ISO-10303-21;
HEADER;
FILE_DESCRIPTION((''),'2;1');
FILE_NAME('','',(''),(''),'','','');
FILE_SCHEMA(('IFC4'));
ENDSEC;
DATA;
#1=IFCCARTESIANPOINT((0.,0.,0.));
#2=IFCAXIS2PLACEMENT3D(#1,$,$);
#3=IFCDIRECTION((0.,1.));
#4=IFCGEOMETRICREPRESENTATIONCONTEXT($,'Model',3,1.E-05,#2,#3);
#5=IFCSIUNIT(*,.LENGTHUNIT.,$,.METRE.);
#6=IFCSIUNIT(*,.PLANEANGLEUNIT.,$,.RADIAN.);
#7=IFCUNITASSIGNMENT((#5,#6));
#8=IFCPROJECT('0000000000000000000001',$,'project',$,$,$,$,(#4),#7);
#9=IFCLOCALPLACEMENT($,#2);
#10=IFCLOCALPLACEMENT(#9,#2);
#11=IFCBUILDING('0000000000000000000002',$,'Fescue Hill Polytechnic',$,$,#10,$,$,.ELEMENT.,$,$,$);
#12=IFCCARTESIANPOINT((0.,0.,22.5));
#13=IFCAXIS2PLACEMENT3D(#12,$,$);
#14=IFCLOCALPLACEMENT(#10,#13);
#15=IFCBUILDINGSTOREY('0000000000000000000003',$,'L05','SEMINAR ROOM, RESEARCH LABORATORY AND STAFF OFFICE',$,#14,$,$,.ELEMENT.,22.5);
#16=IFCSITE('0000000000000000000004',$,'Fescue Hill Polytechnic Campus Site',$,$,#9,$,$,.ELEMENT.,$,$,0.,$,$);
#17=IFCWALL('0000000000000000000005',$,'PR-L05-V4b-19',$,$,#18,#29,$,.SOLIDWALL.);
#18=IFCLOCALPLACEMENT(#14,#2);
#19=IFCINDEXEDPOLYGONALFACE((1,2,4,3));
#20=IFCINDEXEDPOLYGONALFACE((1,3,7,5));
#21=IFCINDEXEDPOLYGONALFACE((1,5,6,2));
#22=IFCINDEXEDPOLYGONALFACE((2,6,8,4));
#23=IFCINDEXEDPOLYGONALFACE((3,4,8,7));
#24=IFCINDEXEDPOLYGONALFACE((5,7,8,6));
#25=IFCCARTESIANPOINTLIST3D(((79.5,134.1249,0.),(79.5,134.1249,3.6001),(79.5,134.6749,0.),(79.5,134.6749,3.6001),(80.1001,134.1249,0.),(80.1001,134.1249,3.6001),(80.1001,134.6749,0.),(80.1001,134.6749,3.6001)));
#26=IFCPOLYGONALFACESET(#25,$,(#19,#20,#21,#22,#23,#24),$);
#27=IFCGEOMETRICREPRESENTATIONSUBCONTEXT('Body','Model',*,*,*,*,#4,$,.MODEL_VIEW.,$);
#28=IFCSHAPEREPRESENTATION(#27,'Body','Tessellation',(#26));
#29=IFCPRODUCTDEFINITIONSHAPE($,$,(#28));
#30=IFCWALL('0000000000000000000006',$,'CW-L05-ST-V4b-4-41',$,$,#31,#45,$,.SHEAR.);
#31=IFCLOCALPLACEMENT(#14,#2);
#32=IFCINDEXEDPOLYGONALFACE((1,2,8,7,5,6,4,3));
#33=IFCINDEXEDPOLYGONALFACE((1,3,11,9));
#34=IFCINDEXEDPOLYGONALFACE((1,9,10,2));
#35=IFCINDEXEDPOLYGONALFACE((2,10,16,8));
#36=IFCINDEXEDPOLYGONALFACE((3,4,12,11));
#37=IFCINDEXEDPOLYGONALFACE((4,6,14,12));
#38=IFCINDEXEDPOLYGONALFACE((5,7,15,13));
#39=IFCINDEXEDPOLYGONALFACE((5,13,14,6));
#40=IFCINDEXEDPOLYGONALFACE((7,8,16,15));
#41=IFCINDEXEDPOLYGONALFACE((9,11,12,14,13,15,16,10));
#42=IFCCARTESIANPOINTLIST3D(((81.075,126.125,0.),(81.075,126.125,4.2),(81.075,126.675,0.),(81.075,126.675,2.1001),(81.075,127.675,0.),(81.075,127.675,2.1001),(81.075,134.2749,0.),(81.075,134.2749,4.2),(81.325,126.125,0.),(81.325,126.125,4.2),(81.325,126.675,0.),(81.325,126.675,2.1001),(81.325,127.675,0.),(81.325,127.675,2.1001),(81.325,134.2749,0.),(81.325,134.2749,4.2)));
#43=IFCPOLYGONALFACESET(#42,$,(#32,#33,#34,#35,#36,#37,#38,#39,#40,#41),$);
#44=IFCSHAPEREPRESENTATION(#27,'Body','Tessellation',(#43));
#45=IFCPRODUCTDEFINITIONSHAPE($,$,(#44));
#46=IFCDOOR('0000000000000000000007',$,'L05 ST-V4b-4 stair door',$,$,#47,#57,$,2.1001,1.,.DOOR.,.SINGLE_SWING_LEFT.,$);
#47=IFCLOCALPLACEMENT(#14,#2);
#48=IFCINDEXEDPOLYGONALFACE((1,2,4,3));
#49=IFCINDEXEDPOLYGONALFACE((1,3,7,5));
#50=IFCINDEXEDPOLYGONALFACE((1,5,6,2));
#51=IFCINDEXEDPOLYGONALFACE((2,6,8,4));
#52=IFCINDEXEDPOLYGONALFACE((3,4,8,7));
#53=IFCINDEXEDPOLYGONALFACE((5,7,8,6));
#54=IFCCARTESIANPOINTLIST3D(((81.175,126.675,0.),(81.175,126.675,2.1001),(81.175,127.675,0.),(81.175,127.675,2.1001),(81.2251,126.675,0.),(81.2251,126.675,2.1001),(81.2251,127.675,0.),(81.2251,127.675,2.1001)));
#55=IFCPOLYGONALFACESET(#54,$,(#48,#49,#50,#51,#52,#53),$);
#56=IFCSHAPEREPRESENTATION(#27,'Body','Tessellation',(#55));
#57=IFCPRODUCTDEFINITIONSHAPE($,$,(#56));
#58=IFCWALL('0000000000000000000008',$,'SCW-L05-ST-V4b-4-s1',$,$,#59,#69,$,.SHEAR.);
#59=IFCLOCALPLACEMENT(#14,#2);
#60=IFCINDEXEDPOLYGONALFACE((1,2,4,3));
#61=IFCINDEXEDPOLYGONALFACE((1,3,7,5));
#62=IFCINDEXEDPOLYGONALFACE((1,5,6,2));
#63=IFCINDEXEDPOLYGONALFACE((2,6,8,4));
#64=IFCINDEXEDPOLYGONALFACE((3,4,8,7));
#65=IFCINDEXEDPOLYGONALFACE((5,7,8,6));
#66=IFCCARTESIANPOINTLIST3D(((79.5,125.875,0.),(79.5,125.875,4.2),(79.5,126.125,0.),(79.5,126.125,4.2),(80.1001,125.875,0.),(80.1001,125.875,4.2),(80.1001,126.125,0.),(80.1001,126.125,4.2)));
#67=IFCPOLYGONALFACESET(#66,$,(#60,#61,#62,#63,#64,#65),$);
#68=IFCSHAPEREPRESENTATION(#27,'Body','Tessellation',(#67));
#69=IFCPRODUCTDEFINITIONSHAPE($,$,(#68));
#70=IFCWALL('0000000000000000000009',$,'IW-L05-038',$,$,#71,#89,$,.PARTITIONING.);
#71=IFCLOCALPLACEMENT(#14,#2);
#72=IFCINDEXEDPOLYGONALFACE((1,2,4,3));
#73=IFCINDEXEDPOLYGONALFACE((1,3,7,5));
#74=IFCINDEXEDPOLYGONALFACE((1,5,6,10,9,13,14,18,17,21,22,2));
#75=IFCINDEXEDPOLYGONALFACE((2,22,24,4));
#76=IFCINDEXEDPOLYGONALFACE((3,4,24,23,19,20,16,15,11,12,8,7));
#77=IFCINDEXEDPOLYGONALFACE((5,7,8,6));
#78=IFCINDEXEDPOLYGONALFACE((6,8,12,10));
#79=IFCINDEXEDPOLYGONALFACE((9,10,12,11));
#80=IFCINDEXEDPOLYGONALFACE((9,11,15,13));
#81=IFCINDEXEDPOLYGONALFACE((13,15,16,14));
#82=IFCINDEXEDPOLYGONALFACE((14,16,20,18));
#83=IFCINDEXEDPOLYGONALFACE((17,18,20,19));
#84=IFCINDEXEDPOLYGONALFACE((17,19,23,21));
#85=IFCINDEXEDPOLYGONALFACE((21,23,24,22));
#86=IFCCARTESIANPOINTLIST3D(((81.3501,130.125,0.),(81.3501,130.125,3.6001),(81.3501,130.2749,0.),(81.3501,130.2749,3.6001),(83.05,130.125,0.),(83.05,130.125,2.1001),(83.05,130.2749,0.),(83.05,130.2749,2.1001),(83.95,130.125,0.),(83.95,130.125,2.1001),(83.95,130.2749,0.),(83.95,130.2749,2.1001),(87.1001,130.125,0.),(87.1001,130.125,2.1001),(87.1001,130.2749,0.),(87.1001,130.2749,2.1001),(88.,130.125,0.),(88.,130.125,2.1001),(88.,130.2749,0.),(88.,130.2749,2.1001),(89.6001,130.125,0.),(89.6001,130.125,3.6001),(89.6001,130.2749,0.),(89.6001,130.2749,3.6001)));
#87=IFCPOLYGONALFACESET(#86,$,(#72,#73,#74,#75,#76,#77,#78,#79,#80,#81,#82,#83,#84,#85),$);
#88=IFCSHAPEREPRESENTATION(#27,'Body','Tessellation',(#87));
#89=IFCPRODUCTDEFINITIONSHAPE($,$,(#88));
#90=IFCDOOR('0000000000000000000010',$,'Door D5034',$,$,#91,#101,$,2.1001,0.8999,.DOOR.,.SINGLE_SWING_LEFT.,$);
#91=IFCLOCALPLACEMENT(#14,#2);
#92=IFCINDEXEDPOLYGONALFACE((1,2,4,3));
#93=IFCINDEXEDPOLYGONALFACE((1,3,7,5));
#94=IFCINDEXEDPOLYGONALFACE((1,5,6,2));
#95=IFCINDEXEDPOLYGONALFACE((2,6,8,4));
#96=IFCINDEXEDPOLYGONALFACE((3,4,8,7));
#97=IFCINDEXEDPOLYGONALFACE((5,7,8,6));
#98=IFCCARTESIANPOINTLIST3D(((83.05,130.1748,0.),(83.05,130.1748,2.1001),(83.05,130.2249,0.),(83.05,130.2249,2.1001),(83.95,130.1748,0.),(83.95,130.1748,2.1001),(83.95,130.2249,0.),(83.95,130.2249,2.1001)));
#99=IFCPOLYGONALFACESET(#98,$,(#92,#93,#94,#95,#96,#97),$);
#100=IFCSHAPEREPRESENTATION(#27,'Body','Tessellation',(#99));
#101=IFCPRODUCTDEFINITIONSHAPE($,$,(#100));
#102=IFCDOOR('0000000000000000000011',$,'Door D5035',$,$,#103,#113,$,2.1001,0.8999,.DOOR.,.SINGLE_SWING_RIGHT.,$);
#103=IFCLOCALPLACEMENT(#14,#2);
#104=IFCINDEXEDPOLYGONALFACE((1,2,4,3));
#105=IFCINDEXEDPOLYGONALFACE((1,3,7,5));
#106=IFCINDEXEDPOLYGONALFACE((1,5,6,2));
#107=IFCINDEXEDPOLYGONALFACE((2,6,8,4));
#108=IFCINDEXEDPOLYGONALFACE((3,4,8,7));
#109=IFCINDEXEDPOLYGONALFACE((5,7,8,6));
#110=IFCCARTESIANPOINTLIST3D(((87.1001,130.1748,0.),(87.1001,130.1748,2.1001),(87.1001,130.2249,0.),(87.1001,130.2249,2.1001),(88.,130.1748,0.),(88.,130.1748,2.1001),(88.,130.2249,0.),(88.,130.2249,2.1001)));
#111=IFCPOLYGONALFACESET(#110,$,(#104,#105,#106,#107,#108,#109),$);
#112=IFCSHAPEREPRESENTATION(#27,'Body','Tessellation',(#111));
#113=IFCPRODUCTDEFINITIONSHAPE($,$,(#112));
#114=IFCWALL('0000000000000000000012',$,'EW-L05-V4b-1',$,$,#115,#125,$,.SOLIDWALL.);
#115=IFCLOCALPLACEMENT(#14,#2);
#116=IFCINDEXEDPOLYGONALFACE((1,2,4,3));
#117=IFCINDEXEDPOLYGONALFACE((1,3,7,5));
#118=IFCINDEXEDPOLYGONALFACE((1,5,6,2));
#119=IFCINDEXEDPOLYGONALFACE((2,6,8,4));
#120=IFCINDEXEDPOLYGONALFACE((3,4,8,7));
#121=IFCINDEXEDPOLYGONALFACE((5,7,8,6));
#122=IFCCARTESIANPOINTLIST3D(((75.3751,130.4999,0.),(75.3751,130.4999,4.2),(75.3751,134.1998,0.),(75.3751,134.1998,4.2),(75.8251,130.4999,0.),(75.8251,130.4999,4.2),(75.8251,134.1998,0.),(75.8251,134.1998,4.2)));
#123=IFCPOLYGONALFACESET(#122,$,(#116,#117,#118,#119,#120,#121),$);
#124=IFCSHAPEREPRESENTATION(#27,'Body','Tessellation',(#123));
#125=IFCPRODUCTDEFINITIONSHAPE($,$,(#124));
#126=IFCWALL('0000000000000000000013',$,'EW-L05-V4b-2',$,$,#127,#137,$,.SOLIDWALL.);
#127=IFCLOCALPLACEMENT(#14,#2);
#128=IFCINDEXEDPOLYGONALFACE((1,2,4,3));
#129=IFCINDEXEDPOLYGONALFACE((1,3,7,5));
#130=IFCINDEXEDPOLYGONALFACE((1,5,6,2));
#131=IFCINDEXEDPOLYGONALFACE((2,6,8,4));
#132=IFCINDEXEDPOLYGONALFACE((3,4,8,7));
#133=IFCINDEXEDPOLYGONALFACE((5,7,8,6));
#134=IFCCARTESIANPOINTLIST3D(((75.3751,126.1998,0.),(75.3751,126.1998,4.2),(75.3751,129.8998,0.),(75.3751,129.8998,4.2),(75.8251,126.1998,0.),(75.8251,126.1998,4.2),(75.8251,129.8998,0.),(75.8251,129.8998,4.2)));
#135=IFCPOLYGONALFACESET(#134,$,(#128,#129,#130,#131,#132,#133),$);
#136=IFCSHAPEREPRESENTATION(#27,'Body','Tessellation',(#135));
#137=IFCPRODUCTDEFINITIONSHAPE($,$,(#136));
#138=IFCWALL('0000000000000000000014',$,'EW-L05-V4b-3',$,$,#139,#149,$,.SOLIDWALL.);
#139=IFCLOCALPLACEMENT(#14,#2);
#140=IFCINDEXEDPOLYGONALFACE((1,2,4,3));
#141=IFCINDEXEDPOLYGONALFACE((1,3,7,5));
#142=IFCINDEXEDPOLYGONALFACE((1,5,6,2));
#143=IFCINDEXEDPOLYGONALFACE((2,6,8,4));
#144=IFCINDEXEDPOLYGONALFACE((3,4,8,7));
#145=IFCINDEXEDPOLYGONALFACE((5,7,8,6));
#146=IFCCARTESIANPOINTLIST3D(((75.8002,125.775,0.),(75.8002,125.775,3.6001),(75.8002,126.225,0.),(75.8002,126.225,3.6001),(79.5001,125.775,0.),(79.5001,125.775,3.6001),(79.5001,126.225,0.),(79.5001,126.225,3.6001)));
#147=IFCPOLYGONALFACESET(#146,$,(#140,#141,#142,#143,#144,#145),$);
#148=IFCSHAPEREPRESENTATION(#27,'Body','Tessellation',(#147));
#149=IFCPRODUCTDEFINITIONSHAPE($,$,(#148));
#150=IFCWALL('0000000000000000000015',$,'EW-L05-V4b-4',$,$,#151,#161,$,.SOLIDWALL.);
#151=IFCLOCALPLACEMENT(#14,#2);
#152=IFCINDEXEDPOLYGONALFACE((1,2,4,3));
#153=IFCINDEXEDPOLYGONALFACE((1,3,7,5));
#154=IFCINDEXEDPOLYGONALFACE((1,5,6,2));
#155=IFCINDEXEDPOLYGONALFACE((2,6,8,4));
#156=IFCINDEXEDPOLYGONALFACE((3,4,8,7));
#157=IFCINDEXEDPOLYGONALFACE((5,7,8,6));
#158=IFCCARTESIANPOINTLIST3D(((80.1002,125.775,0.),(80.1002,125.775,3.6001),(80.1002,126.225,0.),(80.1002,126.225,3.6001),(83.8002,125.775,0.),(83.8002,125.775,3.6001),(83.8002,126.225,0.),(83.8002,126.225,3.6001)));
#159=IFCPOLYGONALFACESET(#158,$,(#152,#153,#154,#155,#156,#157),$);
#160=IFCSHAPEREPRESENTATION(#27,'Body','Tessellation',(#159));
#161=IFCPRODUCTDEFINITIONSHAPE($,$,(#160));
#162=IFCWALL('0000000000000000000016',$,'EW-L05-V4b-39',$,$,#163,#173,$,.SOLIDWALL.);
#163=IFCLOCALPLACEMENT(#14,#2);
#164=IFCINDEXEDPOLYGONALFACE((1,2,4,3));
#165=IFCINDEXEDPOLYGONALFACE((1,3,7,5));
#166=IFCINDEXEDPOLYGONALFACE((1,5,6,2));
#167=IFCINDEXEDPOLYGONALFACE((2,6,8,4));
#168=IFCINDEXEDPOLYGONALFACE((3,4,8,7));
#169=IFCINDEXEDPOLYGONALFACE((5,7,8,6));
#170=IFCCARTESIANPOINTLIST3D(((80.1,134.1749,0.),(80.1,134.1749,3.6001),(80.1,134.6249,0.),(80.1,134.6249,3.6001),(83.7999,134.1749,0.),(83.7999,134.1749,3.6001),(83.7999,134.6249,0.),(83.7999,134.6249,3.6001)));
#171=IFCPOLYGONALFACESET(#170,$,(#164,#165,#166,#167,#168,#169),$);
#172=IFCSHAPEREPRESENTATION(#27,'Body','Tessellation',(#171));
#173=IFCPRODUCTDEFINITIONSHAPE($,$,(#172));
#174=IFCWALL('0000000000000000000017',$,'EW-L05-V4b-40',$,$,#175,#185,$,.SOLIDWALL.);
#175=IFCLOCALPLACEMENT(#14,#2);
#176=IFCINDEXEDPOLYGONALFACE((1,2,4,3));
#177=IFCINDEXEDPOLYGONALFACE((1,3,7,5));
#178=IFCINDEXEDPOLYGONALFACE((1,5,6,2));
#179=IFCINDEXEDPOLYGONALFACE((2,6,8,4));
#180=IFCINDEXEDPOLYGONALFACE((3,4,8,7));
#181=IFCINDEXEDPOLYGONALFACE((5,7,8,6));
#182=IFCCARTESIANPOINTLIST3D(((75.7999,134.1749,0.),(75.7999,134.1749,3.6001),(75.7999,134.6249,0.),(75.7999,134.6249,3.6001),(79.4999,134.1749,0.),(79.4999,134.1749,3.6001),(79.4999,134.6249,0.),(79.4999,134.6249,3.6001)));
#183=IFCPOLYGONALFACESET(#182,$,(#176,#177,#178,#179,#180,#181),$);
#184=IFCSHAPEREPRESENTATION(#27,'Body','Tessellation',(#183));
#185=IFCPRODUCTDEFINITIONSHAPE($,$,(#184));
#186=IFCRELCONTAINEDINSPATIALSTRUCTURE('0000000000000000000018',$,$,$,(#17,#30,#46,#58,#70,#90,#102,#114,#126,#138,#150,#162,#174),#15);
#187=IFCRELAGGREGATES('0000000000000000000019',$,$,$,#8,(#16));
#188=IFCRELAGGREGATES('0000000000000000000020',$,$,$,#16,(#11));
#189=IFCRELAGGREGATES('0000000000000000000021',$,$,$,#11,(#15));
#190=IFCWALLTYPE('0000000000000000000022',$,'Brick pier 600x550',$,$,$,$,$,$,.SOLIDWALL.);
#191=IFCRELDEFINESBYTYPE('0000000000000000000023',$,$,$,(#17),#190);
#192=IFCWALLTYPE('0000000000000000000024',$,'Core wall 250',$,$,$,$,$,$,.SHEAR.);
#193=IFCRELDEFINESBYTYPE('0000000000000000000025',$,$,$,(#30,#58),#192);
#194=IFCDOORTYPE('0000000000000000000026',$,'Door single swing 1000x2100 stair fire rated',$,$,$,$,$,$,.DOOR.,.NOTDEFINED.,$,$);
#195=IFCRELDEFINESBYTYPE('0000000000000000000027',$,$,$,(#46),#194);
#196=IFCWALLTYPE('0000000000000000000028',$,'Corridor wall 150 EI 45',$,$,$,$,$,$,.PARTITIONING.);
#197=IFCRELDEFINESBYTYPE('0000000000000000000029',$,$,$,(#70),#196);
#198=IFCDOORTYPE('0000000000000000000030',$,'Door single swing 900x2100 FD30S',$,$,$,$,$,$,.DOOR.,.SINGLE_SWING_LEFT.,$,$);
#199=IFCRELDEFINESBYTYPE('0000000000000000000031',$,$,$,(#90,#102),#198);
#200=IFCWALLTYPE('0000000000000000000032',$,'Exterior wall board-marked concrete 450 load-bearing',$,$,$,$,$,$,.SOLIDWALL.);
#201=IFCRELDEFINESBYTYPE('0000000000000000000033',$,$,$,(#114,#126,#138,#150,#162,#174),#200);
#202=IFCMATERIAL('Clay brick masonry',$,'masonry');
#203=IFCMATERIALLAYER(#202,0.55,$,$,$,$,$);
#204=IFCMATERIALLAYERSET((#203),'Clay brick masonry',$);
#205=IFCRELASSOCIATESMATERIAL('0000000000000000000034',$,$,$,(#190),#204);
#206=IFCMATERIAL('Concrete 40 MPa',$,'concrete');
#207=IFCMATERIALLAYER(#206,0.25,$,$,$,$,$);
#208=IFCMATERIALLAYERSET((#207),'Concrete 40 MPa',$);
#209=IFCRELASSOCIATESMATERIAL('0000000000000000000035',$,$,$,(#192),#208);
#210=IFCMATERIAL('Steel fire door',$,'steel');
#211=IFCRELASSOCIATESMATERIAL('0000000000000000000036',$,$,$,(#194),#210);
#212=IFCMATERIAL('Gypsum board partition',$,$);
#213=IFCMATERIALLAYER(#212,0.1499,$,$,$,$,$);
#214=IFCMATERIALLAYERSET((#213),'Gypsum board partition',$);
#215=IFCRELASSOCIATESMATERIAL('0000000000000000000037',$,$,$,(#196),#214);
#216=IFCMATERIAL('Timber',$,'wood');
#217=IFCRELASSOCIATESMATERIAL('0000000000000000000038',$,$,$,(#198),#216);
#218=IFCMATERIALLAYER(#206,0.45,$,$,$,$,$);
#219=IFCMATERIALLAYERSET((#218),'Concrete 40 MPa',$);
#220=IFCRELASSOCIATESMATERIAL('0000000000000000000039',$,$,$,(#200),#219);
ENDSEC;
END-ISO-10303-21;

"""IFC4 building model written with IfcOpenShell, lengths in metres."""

from ifc_helpers import new_model, si_unit, direction, frame, frame_2d, origin, place, context, subcontext, project, spatial, rectangle, extrude, material, layer, layer_set, type_object, element, fill, save


model = new_model("IFC4")

# Units and contexts
model_context = context("Model", 3, precision=1e-05, world=origin(), true_north=direction((0.0, 1.0)))
body_context = subcontext(model_context, "Body", "Model", "MODEL_VIEW")
ifc_project = project(units=[si_unit("LENGTHUNIT", "METRE"), si_unit("PLANEANGLEUNIT", "RADIAN")], contexts=[model_context])

# Site, building, storey
site_placement = place(None, origin())
site = spatial("IfcSite", under=ifc_project, at=site_placement, Name="Fescue Hill Polytechnic Campus Site", CompositionType="ELEMENT", RefElevation=0.0)
building_placement = place(site_placement, origin())
building = spatial("IfcBuilding", under=site, at=building_placement, Name="Fescue Hill Polytechnic", CompositionType="ELEMENT")
storey_placement = place(building_placement, frame((0.0, 0.0, 22.5)))
storey = spatial("IfcBuildingStorey", under=building, at=storey_placement, Name="L05", Description="SEMINAR ROOM, RESEARCH LABORATORY AND STAFF OFFICE", CompositionType="ELEMENT", Elevation=22.5)

# Shared definitions
ifc_material_1 = material(Name="Concrete 40 MPa", Category="concrete")

# Wall
ifc_material_2 = material(Name="Clay brick masonry", Category="masonry")
ifc_layer_1 = layer(ifc_material_2, 0.55)
ifc_layer_set_1 = layer_set([ifc_layer_1], Name="Clay brick masonry")
wall_type_1 = type_object("IfcWallType", Name="Brick pier 600x550", PredefinedType="SOLIDWALL", material=ifc_layer_set_1)
wall_1_placement = place(storey_placement, frame((80.1001, 134.3999, 0.0), z_axis=(0.0, 0.0, 1.0), x_axis=(-1.0, 0.0, 0.0)))
element("IfcWall", 1, at=wall_1_placement, inside=storey, type_object=wall_type_1, Name="PR-L05-V4b-19", PredefinedType="SOLIDWALL", context=body_context, shape_type="SweptSolid", body=[
    extrude(rectangle(XDim=0.6001, YDim=0.55, at=frame_2d((0.3, 0.0))), origin(), (0.0, 0.0, 1.0), 3.6001),
])

# Wall, opening, door
ifc_layer_2 = layer(ifc_material_1, 0.25)
ifc_layer_set_2 = layer_set([ifc_layer_2], Name="Concrete 40 MPa")
wall_type_2 = type_object("IfcWallType", Name="Core wall 250", PredefinedType="SHEAR", material=ifc_layer_set_2)
wall_2_placement = place(storey_placement, frame((81.2, 126.125, 0.0), z_axis=(0.0, 0.0, 1.0), x_axis=(0.0, 1.0, 0.0)))
wall_2 = element("IfcWall", 2, at=wall_2_placement, inside=storey, type_object=wall_type_2, Name="CW-L05-ST-V4b-4-41", PredefinedType="SHEAR", context=body_context, shape_type="SweptSolid", body=[
    extrude(rectangle(XDim=8.1499, YDim=0.25, at=frame_2d((4.075, 0.0))), origin(), (0.0, 0.0, 1.0), 4.2),
])
opening_1_placement = place(wall_2_placement, frame((0.55, 0.0, 0.0)))
opening_1 = element("IfcOpeningElement", 3, at=opening_1_placement, cuts=wall_2, PredefinedType="OPENING", context=body_context, shape_type="SweptSolid", body=[
    extrude(rectangle(XDim=1.0, YDim=2.1001, at=frame_2d((0.5, 1.05))), frame((0.0, 0.135, 0.0), z_axis=(0.0, -1.0, 0.0), x_axis=(1.0, 0.0, 0.0)), (0.0, 0.0, 1.0), 0.27),
])
ifc_material_3 = material(Name="Steel fire door", Category="steel")
door_type_1 = type_object("IfcDoorType", Name="Door single swing 1000x2100 stair fire rated", OperationType="NOTDEFINED", PredefinedType="DOOR", material=ifc_material_3)
door_1_placement = place(opening_1_placement, origin())
door_1 = element("IfcDoor", 4, at=door_1_placement, inside=storey, type_object=door_type_1, Name="L05 ST-V4b-4 stair door", OperationType="SINGLE_SWING_LEFT", OverallHeight=2.1001, OverallWidth=1.0, PredefinedType="DOOR", context=body_context, shape_type="SweptSolid", body=[
    extrude(rectangle(XDim=1.0, YDim=2.1001, at=frame_2d((0.5, 1.05))), frame((0.0, 0.0249, 0.0), z_axis=(0.0, -1.0, 0.0), x_axis=(1.0, 0.0, 0.0)), (0.0, 0.0, 1.0), 0.05),
])
fill(opening_1, door_1)

# Wall
wall_3_placement = place(storey_placement, frame((79.5, 126.0, 0.0), z_axis=(0.0, 0.0, 1.0), x_axis=(1.0, 0.0, 0.0)))
element("IfcWall", 5, at=wall_3_placement, inside=storey, type_object=wall_type_2, Name="SCW-L05-ST-V4b-4-s1", PredefinedType="SHEAR", context=body_context, shape_type="SweptSolid", body=[
    extrude(rectangle(XDim=0.6001, YDim=0.25, at=frame_2d((0.3, 0.0))), origin(), (0.0, 0.0, 1.0), 4.2),
])

# Wall, openings, doors
ifc_material_4 = material(Name="Gypsum board partition")
ifc_layer_3 = layer(ifc_material_4, 0.1499)
ifc_layer_set_3 = layer_set([ifc_layer_3], Name="Gypsum board partition")
wall_type_3 = type_object("IfcWallType", Name="Corridor wall 150 EI 45", PredefinedType="PARTITIONING", material=ifc_layer_set_3)
wall_4_placement = place(storey_placement, frame((81.3501, 130.2, 0.0), z_axis=(0.0, 0.0, 1.0), x_axis=(1.0, 0.0, 0.0)))
wall_4 = element("IfcWall", 6, at=wall_4_placement, inside=storey, type_object=wall_type_3, Name="IW-L05-038", PredefinedType="PARTITIONING", context=body_context, shape_type="SweptSolid", body=[
    extrude(rectangle(XDim=8.25, YDim=0.1499, at=frame_2d((4.125, 0.0))), origin(), (0.0, 0.0, 1.0), 3.6001),
])
opening_2_placement = place(wall_4_placement, frame((1.7, 0.0, 0.0)))
opening_2 = element("IfcOpeningElement", 7, at=opening_2_placement, cuts=wall_4, PredefinedType="OPENING", context=body_context, shape_type="SweptSolid", body=[
    extrude(rectangle(XDim=0.8999, YDim=2.1001, at=frame_2d((0.45, 1.05))), frame((0.0, 0.085, 0.0), z_axis=(0.0, -1.0, 0.0), x_axis=(1.0, 0.0, 0.0)), (0.0, 0.0, 1.0), 0.1699),
])
opening_3_placement = place(wall_4_placement, frame((5.75, 0.0, 0.0)))
opening_3 = element("IfcOpeningElement", 8, at=opening_3_placement, cuts=wall_4, PredefinedType="OPENING", context=body_context, shape_type="SweptSolid", body=[
    extrude(rectangle(XDim=0.8999, YDim=2.1001, at=frame_2d((0.45, 1.05))), frame((0.0, 0.085, 0.0), z_axis=(0.0, -1.0, 0.0), x_axis=(1.0, 0.0, 0.0)), (0.0, 0.0, 1.0), 0.1699),
])
ifc_material_5 = material(Name="Timber", Category="wood")
door_type_2 = type_object("IfcDoorType", Name="Door single swing 900x2100 FD30S", OperationType="SINGLE_SWING_LEFT", PredefinedType="DOOR", material=ifc_material_5)
door_2_placement = place(opening_2_placement, origin())
door_2 = element("IfcDoor", 9, at=door_2_placement, inside=storey, type_object=door_type_2, Name="Door D5034", OperationType="SINGLE_SWING_LEFT", OverallHeight=2.1001, OverallWidth=0.8999, PredefinedType="DOOR", context=body_context, shape_type="SweptSolid", body=[
    extrude(rectangle(XDim=0.8999, YDim=2.1001, at=frame_2d((0.45, 1.05))), frame((0.0, 0.0249, 0.0), z_axis=(0.0, -1.0, 0.0), x_axis=(1.0, 0.0, 0.0)), (0.0, 0.0, 1.0), 0.05),
])
fill(opening_2, door_2)
door_3_placement = place(opening_3_placement, origin())
door_3 = element("IfcDoor", 10, at=door_3_placement, inside=storey, type_object=door_type_2, Name="Door D5035", OperationType="SINGLE_SWING_RIGHT", OverallHeight=2.1001, OverallWidth=0.8999, PredefinedType="DOOR", context=body_context, shape_type="SweptSolid", body=[
    extrude(rectangle(XDim=0.8999, YDim=2.1001, at=frame_2d((0.45, 1.05))), frame((0.0, 0.0249, 0.0), z_axis=(0.0, -1.0, 0.0), x_axis=(1.0, 0.0, 0.0)), (0.0, 0.0, 1.0), 0.05),
])
fill(opening_3, door_3)

# Walls
ifc_layer_4 = layer(ifc_material_1, 0.45)
ifc_layer_set_4 = layer_set([ifc_layer_4], Name="Concrete 40 MPa")
wall_type_4 = type_object("IfcWallType", Name="Exterior wall board-marked concrete 450 load-bearing", PredefinedType="SOLIDWALL", material=ifc_layer_set_4)
for number, where, z_axis, x_axis, name in (
    (11, (75.6001, 134.2, 0.0), (0.0, 0.0, 1.0), (0.0, -1.0, 0.0), "EW-L05-V4b-1"),
    (12, (75.6001, 129.8999, 0.0), (0.0, 0.0, 1.0), (0.0, -1.0, 0.0), "EW-L05-V4b-2"),
):
    element("IfcWall", number, at=place(storey_placement, frame(where, z_axis=z_axis, x_axis=x_axis)), inside=storey, type_object=wall_type_4, Name=name, PredefinedType="SOLIDWALL", context=body_context, shape_type="SweptSolid", body=[
        extrude(rectangle(XDim=3.7, YDim=0.45, at=frame_2d((1.8501, 0.0))), origin(), (0.0, 0.0, 1.0), 4.2),
    ])
for number, where, z_axis, x_axis, name in (
    (13, (75.8, 126.0, 0.0), (0.0, 0.0, 1.0), (1.0, 0.0, 0.0), "EW-L05-V4b-3"),
    (14, (80.1001, 126.0, 0.0), (0.0, 0.0, 1.0), (1.0, 0.0, 0.0), "EW-L05-V4b-4"),
    (15, (83.8, 134.3999, 0.0), (0.0, 0.0, 1.0), (-1.0, 0.0, 0.0), "EW-L05-V4b-39"),
    (16, (79.5, 134.3999, 0.0), (0.0, 0.0, 1.0), (-1.0, 0.0, 0.0), "EW-L05-V4b-40"),
):
    element("IfcWall", number, at=place(storey_placement, frame(where, z_axis=z_axis, x_axis=x_axis)), inside=storey, type_object=wall_type_4, Name=name, PredefinedType="SOLIDWALL", context=body_context, shape_type="SweptSolid", body=[
        extrude(rectangle(XDim=3.7, YDim=0.45, at=frame_2d((1.8501, 0.0))), origin(), (0.0, 0.0, 1.0), 3.6001),
    ])

save(model, "model.ifc")
